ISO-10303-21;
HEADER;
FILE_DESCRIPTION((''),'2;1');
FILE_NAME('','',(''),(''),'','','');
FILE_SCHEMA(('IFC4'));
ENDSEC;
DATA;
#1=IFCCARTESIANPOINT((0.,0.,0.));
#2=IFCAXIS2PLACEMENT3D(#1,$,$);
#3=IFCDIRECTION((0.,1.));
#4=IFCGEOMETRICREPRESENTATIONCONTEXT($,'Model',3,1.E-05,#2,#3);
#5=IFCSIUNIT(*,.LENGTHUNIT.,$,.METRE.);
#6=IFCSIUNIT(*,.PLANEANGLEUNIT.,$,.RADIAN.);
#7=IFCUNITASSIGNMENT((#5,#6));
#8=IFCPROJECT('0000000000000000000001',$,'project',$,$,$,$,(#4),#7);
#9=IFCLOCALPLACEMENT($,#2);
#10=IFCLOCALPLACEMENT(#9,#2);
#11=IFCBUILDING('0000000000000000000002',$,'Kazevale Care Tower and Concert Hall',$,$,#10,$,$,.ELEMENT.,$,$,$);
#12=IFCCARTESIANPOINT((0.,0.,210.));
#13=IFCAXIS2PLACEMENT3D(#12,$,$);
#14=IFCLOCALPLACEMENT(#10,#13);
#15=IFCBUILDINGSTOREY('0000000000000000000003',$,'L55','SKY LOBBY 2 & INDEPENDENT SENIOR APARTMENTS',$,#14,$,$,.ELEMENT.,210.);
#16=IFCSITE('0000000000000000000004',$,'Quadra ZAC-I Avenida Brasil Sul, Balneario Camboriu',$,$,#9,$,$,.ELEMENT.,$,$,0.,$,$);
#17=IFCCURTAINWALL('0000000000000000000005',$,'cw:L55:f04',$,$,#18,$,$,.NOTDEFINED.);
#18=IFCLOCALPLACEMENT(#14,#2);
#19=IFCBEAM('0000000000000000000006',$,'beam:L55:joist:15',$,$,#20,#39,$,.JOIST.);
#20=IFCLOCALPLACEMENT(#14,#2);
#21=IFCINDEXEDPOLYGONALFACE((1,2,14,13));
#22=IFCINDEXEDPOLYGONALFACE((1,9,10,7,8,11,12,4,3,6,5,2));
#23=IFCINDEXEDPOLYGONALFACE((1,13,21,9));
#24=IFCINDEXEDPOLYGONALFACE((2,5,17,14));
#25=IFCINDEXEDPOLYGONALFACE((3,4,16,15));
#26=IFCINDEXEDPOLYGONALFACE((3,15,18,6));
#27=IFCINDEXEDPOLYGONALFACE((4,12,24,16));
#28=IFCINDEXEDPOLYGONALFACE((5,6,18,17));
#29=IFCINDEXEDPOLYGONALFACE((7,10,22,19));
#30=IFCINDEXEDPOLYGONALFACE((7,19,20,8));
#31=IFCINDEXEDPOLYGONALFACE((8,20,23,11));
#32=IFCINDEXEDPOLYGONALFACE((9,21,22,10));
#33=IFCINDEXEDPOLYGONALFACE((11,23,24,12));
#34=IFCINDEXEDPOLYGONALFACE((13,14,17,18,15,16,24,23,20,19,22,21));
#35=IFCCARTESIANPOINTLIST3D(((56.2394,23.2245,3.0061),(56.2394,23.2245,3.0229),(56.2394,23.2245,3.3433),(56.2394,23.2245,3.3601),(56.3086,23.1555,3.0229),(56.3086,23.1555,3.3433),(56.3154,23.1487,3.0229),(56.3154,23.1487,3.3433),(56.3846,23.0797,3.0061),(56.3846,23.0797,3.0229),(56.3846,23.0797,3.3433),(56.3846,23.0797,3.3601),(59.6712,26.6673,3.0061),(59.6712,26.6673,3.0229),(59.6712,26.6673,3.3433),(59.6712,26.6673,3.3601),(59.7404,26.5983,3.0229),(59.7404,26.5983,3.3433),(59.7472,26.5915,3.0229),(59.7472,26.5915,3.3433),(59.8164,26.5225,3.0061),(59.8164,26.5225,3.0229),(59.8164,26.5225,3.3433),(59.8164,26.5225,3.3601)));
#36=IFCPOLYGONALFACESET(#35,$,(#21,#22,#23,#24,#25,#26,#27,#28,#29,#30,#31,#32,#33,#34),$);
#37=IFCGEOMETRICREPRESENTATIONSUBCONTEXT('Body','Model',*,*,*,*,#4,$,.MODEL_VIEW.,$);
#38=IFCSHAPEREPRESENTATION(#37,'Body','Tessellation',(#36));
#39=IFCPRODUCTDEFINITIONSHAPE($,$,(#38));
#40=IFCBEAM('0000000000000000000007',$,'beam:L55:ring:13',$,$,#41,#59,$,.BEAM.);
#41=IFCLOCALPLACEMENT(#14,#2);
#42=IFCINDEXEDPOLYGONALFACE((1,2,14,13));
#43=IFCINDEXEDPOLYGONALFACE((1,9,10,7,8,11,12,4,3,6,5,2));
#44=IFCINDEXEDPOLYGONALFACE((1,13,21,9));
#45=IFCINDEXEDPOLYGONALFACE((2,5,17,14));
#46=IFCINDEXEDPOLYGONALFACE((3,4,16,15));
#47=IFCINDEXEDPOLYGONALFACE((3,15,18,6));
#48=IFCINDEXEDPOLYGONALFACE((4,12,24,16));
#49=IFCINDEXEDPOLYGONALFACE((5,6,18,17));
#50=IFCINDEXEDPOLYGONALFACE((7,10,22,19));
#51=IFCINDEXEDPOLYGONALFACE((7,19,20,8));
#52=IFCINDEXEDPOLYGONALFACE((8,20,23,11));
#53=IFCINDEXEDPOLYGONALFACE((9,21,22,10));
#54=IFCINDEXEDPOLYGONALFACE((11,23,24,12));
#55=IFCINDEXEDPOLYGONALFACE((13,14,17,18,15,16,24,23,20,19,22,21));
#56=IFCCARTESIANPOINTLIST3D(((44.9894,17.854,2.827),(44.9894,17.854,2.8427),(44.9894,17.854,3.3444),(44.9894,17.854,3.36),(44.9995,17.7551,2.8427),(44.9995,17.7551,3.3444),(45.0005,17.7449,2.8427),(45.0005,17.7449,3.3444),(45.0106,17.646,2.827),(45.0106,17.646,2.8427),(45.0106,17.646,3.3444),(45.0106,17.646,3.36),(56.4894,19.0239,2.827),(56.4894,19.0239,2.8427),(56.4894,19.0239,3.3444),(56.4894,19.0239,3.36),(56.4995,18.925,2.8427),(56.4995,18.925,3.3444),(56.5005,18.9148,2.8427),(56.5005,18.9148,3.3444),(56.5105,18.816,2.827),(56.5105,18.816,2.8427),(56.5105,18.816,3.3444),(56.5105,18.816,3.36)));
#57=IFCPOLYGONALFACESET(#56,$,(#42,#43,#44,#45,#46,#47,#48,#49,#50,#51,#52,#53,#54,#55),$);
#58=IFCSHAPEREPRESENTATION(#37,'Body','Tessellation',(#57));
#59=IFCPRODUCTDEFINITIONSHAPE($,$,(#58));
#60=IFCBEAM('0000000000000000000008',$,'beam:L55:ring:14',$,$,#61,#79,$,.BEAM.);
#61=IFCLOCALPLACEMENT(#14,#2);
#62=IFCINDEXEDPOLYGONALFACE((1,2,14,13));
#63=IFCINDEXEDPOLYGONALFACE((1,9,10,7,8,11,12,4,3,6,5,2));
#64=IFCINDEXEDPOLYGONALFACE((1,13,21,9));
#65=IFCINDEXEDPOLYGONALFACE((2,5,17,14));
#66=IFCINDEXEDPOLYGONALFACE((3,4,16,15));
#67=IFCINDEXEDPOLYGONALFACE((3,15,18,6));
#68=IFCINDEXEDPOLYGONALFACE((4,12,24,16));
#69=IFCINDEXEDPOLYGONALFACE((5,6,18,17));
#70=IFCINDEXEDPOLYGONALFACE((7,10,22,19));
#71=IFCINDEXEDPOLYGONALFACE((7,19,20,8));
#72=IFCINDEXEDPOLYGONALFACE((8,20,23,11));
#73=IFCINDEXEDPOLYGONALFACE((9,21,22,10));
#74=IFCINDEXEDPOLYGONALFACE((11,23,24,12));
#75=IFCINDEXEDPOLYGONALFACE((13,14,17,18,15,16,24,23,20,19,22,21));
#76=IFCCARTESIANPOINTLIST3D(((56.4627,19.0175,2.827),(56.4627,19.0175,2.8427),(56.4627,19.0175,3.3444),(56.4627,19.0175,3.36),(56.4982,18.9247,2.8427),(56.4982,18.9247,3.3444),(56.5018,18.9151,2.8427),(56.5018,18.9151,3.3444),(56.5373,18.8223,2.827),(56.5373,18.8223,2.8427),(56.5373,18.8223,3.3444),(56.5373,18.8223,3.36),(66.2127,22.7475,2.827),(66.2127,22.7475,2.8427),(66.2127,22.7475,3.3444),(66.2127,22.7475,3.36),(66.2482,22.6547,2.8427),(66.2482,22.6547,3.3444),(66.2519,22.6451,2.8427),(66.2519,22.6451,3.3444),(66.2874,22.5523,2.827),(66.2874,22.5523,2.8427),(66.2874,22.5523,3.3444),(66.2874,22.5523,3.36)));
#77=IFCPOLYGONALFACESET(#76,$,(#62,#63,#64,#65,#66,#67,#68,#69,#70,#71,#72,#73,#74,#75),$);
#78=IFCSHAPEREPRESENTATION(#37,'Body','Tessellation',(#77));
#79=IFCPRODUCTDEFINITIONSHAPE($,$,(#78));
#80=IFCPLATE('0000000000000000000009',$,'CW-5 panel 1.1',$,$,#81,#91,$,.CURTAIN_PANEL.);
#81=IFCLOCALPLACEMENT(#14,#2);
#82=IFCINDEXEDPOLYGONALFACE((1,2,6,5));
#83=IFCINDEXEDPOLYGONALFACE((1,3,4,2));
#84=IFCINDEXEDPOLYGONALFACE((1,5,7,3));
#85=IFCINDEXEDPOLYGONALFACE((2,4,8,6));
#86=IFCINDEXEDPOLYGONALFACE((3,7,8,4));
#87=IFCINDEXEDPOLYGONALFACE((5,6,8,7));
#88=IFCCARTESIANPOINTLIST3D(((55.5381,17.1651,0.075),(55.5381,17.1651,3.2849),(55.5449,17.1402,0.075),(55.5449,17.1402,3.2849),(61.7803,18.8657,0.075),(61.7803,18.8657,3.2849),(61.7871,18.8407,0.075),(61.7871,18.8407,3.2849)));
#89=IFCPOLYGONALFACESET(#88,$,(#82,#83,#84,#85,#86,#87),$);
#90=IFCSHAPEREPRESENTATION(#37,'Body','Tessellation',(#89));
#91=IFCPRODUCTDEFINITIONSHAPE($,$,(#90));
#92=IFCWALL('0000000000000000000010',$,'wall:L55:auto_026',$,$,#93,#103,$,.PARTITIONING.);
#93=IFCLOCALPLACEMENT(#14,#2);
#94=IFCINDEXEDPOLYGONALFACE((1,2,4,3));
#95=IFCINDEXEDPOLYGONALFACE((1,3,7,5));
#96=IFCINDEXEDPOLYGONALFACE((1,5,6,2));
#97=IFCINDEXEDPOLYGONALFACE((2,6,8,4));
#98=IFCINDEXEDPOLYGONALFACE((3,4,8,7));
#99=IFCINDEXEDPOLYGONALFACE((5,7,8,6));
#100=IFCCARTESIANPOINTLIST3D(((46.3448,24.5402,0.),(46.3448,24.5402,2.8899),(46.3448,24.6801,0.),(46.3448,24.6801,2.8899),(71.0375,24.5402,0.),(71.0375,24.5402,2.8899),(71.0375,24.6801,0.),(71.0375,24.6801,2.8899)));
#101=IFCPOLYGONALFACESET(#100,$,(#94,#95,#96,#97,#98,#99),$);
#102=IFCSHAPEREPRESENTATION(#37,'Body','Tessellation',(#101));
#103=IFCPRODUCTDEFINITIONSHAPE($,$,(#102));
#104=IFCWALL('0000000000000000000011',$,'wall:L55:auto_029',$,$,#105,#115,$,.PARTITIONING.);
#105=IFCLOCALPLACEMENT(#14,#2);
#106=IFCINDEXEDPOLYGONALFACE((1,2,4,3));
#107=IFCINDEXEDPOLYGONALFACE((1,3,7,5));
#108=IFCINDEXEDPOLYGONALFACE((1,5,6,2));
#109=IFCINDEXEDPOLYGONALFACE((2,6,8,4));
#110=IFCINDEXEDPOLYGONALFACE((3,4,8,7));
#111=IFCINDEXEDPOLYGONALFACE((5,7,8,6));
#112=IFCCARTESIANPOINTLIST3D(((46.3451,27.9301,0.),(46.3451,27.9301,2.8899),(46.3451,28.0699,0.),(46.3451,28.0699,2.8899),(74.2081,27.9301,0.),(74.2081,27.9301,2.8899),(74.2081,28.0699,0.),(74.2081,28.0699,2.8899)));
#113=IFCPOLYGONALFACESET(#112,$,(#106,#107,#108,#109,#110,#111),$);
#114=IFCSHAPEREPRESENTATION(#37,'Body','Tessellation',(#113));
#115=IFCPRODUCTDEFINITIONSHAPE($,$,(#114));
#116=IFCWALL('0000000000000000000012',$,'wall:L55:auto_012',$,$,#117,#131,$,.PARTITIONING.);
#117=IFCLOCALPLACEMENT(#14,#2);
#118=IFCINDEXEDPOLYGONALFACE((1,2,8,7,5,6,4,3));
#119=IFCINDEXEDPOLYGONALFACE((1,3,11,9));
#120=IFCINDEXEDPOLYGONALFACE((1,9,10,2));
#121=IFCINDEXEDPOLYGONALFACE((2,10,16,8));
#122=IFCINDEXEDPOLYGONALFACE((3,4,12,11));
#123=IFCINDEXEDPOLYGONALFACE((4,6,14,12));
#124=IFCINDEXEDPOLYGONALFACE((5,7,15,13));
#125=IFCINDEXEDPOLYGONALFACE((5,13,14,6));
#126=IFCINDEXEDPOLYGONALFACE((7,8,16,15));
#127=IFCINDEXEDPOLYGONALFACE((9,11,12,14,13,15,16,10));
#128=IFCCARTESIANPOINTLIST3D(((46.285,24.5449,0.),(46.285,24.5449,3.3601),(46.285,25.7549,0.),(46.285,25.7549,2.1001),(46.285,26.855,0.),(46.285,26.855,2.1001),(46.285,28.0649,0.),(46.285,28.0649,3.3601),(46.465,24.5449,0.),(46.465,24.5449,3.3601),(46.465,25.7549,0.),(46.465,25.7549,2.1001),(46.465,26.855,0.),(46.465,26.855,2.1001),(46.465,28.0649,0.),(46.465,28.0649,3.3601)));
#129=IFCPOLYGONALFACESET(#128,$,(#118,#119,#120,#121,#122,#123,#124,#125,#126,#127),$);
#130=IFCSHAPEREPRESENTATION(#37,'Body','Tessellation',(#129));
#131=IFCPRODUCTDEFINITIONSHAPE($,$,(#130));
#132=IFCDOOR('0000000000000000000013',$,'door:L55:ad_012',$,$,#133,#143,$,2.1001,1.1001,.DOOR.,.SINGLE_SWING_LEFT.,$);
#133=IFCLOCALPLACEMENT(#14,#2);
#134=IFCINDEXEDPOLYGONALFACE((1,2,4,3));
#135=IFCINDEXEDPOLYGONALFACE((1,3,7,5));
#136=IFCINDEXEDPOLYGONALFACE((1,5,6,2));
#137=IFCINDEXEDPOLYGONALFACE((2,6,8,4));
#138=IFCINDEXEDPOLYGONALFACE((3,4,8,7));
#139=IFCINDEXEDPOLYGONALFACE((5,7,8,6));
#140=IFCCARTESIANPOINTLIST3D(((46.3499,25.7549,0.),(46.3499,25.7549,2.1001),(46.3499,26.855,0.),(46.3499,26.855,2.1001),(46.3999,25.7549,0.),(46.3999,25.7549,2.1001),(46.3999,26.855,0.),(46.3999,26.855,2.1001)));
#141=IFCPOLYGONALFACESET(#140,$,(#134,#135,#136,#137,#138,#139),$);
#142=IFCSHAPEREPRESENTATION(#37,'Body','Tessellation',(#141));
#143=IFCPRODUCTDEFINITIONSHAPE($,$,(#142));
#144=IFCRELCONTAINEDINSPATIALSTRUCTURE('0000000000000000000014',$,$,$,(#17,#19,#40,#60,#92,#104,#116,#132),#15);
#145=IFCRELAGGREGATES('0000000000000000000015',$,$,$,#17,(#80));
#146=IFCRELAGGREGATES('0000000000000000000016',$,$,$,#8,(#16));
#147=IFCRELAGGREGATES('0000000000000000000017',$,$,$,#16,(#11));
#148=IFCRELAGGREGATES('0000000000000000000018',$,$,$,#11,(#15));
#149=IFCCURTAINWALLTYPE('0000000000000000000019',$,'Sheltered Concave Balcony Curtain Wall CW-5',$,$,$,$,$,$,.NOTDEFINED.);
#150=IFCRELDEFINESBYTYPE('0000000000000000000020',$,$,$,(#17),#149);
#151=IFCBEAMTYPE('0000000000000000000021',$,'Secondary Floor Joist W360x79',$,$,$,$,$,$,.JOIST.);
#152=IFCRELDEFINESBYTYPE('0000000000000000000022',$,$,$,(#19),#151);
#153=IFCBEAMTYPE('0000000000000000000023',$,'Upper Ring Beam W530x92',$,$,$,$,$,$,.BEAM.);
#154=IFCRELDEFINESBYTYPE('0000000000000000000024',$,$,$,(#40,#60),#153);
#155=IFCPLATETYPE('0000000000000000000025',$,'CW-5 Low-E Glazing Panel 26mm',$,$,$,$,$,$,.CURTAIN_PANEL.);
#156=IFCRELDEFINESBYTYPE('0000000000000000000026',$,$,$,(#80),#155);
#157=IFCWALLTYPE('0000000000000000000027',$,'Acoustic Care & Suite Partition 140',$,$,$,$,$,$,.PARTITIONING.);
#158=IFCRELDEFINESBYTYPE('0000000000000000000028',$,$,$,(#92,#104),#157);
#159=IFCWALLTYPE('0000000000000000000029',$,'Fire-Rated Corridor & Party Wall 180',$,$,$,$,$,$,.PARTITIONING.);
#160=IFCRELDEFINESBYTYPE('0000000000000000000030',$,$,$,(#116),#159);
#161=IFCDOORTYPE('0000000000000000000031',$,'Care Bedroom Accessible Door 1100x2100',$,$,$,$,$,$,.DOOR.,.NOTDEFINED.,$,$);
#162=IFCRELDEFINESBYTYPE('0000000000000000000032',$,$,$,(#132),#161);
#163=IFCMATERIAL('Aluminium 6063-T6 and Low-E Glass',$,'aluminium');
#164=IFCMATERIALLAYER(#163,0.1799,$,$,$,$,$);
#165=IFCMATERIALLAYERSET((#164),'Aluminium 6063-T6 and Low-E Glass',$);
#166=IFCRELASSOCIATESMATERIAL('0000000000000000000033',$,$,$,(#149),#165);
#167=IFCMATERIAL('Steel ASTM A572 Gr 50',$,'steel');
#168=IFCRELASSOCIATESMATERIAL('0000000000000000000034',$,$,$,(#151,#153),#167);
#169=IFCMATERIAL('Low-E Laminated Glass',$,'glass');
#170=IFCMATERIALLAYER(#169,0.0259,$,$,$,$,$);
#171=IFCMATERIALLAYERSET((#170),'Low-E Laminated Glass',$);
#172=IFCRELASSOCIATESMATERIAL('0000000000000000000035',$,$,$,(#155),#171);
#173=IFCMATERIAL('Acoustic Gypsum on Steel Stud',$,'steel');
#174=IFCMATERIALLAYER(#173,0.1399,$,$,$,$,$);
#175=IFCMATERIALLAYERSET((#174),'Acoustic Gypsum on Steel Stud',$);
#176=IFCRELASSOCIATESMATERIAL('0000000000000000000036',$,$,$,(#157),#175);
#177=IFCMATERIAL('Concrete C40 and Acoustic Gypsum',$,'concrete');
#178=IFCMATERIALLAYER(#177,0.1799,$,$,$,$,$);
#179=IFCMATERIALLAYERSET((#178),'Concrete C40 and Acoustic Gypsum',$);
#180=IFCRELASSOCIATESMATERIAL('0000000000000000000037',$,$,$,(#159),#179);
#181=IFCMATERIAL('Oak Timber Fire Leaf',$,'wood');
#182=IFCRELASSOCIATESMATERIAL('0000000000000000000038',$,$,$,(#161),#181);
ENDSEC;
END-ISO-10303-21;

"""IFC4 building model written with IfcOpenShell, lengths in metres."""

from ifc_helpers import new_model, si_unit, direction, frame, frame_2d, origin, origin_2d, place, context, subcontext, project, spatial, rectangle, i_section, extrude, material, layer, layer_set, material_profile, profile_set, type_object, element, fill, aggregate, save


model = new_model("IFC4")

# Units and contexts
model_context = context("Model", 3, precision=1e-05, world=origin(), true_north=direction((0.0, 1.0)))
body_context = subcontext(model_context, "Body", "Model", "MODEL_VIEW")
ifc_project = project(units=[si_unit("LENGTHUNIT", "METRE"), si_unit("PLANEANGLEUNIT", "RADIAN")], contexts=[model_context])

# Site, building, storey
site_placement = place(None, origin())
site = spatial("IfcSite", under=ifc_project, at=site_placement, Name="Quadra ZAC-I Avenida Brasil Sul, Balneario Camboriu", CompositionType="ELEMENT", RefElevation=0.0)
building_placement = place(site_placement, origin())
building = spatial("IfcBuilding", under=site, at=building_placement, Name="Kazevale Care Tower and Concert Hall", CompositionType="ELEMENT")
storey_placement = place(building_placement, frame((0.0, 0.0, 210.0)))
storey = spatial("IfcBuildingStorey", under=building, at=storey_placement, Name="L55", Description="SKY LOBBY 2 & INDEPENDENT SENIOR APARTMENTS", CompositionType="ELEMENT", Elevation=210.0)

# Curtain wall
ifc_material_1 = material(Name="Aluminium 6063-T6 and Low-E Glass", Category="aluminium")
ifc_layer_1 = layer(ifc_material_1, 0.1799)
ifc_layer_set_1 = layer_set([ifc_layer_1], Name="Aluminium 6063-T6 and Low-E Glass")
curtain_wall_type = type_object("IfcCurtainWallType", Name="Sheltered Concave Balcony Curtain Wall CW-5", PredefinedType="NOTDEFINED", material=ifc_layer_set_1)
curtain_wall_1_placement = place(storey_placement, origin())
curtain_wall_1 = element("IfcCurtainWall", 1, at=curtain_wall_1_placement, inside=storey, type_object=curtain_wall_type, Name="cw:L55:f04", PredefinedType="NOTDEFINED")

# Beams
ifc_material_2 = material(Name="Steel ASTM A572 Gr 50", Category="steel")
ifc_material_profile_1 = material_profile(ifc_material_2, i_section(OverallWidth=0.2051, OverallDepth=0.354, WebThickness=0.0095, FlangeThickness=0.0168, at=origin_2d()), Name="W360x79")
ifc_profile_set_1 = profile_set([ifc_material_profile_1], Name="Steel ASTM A572 Gr 50")
beam_type_1 = type_object("IfcBeamType", Name="Secondary Floor Joist W360x79", PredefinedType="JOIST", material=ifc_profile_set_1)
beam_1_placement = place(storey_placement, frame((56.312, 23.1521, 3.1831), z_axis=(0.705976, 0.708236, 0.0), x_axis=(-0.708236, 0.705976, 0.0)))
element("IfcBeam", 2, at=beam_1_placement, inside=storey, type_object=beam_type_1, Name="beam:L55:joist:15", PredefinedType="JOIST", context=body_context, shape_type="SweptSolid", body=[
    extrude(i_section(OverallWidth=0.2051, OverallDepth=0.354, WebThickness=0.0095, FlangeThickness=0.0168, at=origin_2d()), origin(), (0.0, 0.0, 1.0), 4.8611),
])
ifc_material_profile_2 = material_profile(ifc_material_2, i_section(OverallWidth=0.209, OverallDepth=0.533, WebThickness=0.0103, FlangeThickness=0.0156, at=origin_2d()), Name="W530x92")
ifc_profile_set_2 = profile_set([ifc_material_profile_2], Name="Steel ASTM A572 Gr 50")
beam_type_2 = type_object("IfcBeamType", Name="Upper Ring Beam W530x92", PredefinedType="BEAM", material=ifc_profile_set_2)
beam_2_placement = place(storey_placement, frame((45.0, 17.75, 3.0935), z_axis=(0.994865, 0.10121, 0.0), x_axis=(-0.10121, 0.994865, 0.0)))
element("IfcBeam", 3, at=beam_2_placement, inside=storey, type_object=beam_type_2, Name="beam:L55:ring:13", PredefinedType="BEAM", context=body_context, shape_type="SweptSolid", body=[
    extrude(i_section(OverallWidth=0.209, OverallDepth=0.533, WebThickness=0.0103, FlangeThickness=0.0156, at=origin_2d()), origin(), (0.0, 0.0, 1.0), 11.5593),
])
beam_3_placement = place(storey_placement, frame((56.5, 18.9199, 3.0935), z_axis=(0.933987, 0.357308, 0.0), x_axis=(-0.357308, 0.933987, 0.0)))
element("IfcBeam", 4, at=beam_3_placement, inside=storey, type_object=beam_type_2, Name="beam:L55:ring:14", PredefinedType="BEAM", context=body_context, shape_type="SweptSolid", body=[
    extrude(i_section(OverallWidth=0.209, OverallDepth=0.533, WebThickness=0.0103, FlangeThickness=0.0156, at=origin_2d()), origin(), (0.0, 0.0, 1.0), 10.4392),
])

# Plate
ifc_material_3 = material(Name="Low-E Laminated Glass", Category="glass")
ifc_layer_2 = layer(ifc_material_3, 0.0259)
ifc_layer_set_2 = layer_set([ifc_layer_2], Name="Low-E Laminated Glass")
plate_type = type_object("IfcPlateType", Name="CW-5 Low-E Glazing Panel 26mm", PredefinedType="CURTAIN_PANEL", material=ifc_layer_set_2)
plate_placement = place(storey_placement, frame((58.6626, 18.0029, 0.075), z_axis=(0.0, 0.0, 1.0), x_axis=(-0.964837, -0.262849, 0.0)))
plate = element("IfcPlate", 5, at=plate_placement, type_object=plate_type, Name="CW-5 panel 1.1", PredefinedType="CURTAIN_PANEL", context=body_context, shape_type="SweptSolid", body=[
    extrude(rectangle(XDim=6.4697, YDim=0.0259, at=origin_2d()), origin(), (0.0, 0.0, 1.0), 3.21),
])
aggregate(curtain_wall_1, [plate])

# Walls
ifc_material_4 = material(Name="Acoustic Gypsum on Steel Stud", Category="steel")
ifc_layer_3 = layer(ifc_material_4, 0.1399)
ifc_layer_set_3 = layer_set([ifc_layer_3], Name="Acoustic Gypsum on Steel Stud")
wall_type_1 = type_object("IfcWallType", Name="Acoustic Care & Suite Partition 140", PredefinedType="PARTITIONING", material=ifc_layer_set_3)
wall_1_placement = place(storey_placement, frame((46.345, 24.6101, 0.0), z_axis=(0.0, 0.0, 1.0), x_axis=(1.0, 0.0, 0.0)))
element("IfcWall", 6, at=wall_1_placement, inside=storey, type_object=wall_type_1, Name="wall:L55:auto_026", PredefinedType="PARTITIONING", context=body_context, shape_type="SweptSolid", body=[
    extrude(rectangle(XDim=24.6926, YDim=0.1399, at=frame_2d((12.3462, 0.0))), origin(), (0.0, 0.0, 1.0), 2.8899),
])
wall_2_placement = place(storey_placement, frame((46.345, 28.0, 0.0), z_axis=(0.0, 0.0, 1.0), x_axis=(1.0, 0.0, 0.0)))
element("IfcWall", 7, at=wall_2_placement, inside=storey, type_object=wall_type_1, Name="wall:L55:auto_029", PredefinedType="PARTITIONING", context=body_context, shape_type="SweptSolid", body=[
    extrude(rectangle(XDim=27.863, YDim=0.1399, at=frame_2d((13.9316, 0.0))), origin(), (0.0, 0.0, 1.0), 2.8899),
])

# Wall, opening, door
ifc_material_5 = material(Name="Concrete C40 and Acoustic Gypsum", Category="concrete")
ifc_layer_4 = layer(ifc_material_5, 0.1799)
ifc_layer_set_4 = layer_set([ifc_layer_4], Name="Concrete C40 and Acoustic Gypsum")
wall_type_2 = type_object("IfcWallType", Name="Fire-Rated Corridor & Party Wall 180", PredefinedType="PARTITIONING", material=ifc_layer_set_4)
ifc_material_6 = material(Name="Oak Timber Fire Leaf", Category="wood")
wall_3_placement = place(storey_placement, frame((46.375, 28.0649, 0.0), z_axis=(0.0, 0.0, 1.0), x_axis=(0.0, -1.0, 0.0)))
wall_3 = element("IfcWall", 8, at=wall_3_placement, inside=storey, type_object=wall_type_2, Name="wall:L55:auto_012", PredefinedType="PARTITIONING", context=body_context, shape_type="SweptSolid", body=[
    extrude(rectangle(XDim=3.52, YDim=0.1799, at=frame_2d((1.76, 0.0))), origin(), (0.0, 0.0, 1.0), 3.3601),
])
opening_1_placement = place(wall_3_placement, frame((1.21, 0.0, 0.0)))
opening_1 = element("IfcOpeningElement", 9, at=opening_1_placement, cuts=wall_3, PredefinedType="OPENING", context=body_context, shape_type="SweptSolid", body=[
    extrude(rectangle(XDim=1.1001, YDim=2.1001, at=frame_2d((0.55, 1.05))), frame((0.0, 0.0999, 0.0), z_axis=(0.0, -1.0, 0.0), x_axis=(1.0, 0.0, 0.0)), (0.0, 0.0, 1.0), 0.2),
])
door_type_1 = type_object("IfcDoorType", Name="Care Bedroom Accessible Door 1100x2100", OperationType="NOTDEFINED", PredefinedType="DOOR", material=ifc_material_6)
door_1_placement = place(opening_1_placement, origin())
door_1 = element("IfcDoor", 10, at=door_1_placement, inside=storey, type_object=door_type_1, Name="door:L55:ad_012", OperationType="SINGLE_SWING_LEFT", OverallHeight=2.1001, OverallWidth=1.1001, PredefinedType="DOOR", context=body_context, shape_type="SweptSolid", body=[
    extrude(rectangle(XDim=1.1001, YDim=2.1001, at=frame_2d((0.55, 1.05))), frame((0.0, 0.0249, 0.0), z_axis=(0.0, -1.0, 0.0), x_axis=(1.0, 0.0, 0.0)), (0.0, 0.0, 1.0), 0.05),
])
fill(opening_1, door_1)

save(model, "model.ifc")
